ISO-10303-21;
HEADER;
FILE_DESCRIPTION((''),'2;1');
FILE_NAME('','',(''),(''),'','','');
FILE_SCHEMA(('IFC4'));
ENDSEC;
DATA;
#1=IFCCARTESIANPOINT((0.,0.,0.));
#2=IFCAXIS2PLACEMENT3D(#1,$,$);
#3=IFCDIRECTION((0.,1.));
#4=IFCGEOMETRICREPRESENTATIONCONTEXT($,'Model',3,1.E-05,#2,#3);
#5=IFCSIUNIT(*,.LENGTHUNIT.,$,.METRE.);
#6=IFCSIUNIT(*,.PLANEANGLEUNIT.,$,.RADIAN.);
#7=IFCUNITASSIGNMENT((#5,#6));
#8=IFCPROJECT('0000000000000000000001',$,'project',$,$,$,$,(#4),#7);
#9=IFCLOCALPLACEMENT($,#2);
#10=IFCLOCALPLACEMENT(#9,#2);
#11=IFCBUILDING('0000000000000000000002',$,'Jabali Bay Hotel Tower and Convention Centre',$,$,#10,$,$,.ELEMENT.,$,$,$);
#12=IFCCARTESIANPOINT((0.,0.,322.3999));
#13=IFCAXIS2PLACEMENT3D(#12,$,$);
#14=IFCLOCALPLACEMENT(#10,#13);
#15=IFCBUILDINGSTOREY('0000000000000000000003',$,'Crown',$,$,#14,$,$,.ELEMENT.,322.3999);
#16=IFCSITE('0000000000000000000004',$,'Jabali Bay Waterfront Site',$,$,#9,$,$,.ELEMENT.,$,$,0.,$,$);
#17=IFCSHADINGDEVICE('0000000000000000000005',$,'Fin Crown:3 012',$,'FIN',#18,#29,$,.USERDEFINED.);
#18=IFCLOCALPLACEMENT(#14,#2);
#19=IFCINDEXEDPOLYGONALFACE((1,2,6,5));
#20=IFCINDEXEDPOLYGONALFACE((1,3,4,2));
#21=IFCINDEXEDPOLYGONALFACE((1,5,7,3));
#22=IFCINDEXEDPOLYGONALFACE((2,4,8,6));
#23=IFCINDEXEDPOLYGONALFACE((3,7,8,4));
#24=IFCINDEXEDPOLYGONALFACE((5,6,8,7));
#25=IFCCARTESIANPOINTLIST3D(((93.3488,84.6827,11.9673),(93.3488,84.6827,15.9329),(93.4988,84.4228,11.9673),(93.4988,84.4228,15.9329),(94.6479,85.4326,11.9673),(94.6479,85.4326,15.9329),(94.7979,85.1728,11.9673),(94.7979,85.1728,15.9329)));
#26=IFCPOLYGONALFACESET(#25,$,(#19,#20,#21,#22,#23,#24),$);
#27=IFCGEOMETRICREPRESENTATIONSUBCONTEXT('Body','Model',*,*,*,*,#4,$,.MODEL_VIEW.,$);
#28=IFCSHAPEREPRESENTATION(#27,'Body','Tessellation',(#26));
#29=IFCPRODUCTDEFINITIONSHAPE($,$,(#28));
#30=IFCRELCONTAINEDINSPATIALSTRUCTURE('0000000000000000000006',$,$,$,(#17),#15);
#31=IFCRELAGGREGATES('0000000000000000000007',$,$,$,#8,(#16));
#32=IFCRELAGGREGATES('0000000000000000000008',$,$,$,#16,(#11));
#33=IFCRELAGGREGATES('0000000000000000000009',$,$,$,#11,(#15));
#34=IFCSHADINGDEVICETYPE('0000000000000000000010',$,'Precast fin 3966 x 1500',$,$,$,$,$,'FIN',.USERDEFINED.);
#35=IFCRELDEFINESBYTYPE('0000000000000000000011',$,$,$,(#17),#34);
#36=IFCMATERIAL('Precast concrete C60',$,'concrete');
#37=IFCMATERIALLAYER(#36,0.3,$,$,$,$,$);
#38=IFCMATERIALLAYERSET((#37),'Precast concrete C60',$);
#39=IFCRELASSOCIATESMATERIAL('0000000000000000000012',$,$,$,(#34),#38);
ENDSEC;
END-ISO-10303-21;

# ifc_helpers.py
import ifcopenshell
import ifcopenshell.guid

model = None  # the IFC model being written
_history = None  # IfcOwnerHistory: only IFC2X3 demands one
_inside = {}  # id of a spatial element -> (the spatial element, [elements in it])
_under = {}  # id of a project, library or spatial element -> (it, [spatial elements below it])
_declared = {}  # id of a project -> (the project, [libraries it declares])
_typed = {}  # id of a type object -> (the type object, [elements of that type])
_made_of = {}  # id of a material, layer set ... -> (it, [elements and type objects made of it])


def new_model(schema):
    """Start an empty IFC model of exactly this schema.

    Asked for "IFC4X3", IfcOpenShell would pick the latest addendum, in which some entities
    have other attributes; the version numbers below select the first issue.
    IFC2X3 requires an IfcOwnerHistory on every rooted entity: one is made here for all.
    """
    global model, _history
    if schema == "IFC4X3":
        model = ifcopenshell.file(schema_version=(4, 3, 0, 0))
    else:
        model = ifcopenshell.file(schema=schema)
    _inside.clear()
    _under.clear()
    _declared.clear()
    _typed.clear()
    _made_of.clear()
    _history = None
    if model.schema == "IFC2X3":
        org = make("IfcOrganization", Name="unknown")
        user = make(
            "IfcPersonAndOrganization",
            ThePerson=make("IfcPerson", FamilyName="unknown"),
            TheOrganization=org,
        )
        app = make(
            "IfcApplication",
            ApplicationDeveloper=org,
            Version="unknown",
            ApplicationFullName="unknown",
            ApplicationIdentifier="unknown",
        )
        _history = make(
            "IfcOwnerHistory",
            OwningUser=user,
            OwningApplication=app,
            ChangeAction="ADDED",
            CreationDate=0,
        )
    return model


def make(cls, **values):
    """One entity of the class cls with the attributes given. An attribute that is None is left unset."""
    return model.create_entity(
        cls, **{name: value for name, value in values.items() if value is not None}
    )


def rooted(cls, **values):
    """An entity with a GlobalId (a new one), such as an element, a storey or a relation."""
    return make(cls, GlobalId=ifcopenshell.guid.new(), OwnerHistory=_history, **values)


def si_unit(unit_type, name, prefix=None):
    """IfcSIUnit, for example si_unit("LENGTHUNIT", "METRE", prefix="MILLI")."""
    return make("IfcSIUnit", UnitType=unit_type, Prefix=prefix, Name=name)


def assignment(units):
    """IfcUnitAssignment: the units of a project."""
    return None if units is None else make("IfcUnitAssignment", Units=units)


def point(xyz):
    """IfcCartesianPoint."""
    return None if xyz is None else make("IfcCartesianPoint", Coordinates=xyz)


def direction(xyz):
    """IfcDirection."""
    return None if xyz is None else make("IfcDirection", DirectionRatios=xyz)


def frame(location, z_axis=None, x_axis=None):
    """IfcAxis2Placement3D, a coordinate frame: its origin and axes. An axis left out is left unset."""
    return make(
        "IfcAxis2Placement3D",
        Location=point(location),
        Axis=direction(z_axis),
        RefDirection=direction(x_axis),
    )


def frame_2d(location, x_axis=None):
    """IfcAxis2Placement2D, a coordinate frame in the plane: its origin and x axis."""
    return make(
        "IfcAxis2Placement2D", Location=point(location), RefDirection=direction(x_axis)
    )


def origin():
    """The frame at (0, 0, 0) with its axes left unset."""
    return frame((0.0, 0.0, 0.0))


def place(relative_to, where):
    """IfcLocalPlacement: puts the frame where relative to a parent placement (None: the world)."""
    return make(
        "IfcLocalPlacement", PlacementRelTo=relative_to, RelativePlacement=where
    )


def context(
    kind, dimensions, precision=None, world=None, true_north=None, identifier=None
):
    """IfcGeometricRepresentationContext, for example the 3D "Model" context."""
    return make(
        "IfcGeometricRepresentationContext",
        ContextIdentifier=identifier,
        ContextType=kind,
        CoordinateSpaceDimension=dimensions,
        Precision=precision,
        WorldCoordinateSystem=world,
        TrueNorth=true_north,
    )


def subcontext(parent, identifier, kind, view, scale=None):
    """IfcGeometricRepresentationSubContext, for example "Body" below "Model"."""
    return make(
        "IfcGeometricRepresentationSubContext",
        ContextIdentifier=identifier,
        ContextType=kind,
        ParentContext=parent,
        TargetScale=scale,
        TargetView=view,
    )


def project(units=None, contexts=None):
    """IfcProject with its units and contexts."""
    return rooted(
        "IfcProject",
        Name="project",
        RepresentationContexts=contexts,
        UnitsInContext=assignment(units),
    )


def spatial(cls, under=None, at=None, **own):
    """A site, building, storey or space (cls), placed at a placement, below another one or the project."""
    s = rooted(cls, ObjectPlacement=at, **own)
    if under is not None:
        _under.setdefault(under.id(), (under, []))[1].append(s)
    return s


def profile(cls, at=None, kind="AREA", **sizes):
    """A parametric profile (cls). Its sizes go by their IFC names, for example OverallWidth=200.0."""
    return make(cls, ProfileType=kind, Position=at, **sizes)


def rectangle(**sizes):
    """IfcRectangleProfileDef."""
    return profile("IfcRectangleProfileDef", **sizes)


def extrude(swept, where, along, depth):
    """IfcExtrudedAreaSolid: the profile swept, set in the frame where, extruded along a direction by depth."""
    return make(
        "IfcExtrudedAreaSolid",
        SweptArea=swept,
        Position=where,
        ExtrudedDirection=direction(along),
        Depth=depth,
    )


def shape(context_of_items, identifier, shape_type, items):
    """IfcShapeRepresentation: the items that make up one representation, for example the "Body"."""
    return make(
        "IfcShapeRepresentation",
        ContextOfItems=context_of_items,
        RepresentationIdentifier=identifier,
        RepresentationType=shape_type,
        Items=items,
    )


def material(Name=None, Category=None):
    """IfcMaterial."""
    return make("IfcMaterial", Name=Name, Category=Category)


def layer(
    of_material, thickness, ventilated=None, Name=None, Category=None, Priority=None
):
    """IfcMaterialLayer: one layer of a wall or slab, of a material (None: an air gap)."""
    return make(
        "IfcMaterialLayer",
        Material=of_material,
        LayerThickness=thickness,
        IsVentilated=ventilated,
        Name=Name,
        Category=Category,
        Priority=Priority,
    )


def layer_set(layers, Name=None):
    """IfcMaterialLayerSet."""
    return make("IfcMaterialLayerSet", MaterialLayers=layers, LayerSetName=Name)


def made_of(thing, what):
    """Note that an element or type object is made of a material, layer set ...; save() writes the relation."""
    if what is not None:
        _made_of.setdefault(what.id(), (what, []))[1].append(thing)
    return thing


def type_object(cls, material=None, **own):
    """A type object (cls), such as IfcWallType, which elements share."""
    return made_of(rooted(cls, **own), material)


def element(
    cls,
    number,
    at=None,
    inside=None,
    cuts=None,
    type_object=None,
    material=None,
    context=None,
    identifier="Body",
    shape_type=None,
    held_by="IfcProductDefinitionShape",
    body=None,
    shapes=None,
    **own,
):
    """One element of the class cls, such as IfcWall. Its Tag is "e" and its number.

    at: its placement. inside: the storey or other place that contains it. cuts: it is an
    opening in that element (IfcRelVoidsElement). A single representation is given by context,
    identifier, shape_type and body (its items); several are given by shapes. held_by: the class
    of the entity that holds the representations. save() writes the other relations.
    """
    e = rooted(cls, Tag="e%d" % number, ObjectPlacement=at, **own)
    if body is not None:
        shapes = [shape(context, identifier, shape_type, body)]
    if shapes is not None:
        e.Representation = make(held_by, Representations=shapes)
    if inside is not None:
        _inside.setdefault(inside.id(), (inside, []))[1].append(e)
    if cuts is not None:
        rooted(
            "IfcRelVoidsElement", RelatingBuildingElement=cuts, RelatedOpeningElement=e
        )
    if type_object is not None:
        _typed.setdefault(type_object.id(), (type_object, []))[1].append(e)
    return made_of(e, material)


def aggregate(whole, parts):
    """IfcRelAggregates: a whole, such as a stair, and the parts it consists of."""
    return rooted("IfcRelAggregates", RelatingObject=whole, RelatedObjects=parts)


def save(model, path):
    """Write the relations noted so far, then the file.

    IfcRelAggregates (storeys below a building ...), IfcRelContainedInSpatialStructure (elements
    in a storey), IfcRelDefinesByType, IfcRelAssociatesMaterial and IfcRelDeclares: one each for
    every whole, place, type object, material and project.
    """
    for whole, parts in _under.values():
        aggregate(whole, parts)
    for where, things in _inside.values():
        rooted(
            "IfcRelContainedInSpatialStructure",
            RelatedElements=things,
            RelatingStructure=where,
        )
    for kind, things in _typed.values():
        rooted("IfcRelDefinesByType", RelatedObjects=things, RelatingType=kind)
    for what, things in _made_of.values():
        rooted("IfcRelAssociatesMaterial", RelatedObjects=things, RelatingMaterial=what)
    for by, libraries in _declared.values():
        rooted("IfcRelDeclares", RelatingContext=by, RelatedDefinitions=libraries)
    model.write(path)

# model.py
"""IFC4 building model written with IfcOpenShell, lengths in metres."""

from ifc_helpers import new_model, si_unit, direction, frame, frame_2d, origin, place, context, subcontext, project, spatial, rectangle, extrude, material, layer, layer_set, type_object, element, save


model = new_model("IFC4")

# Units and contexts
model_context = context("Model", 3, precision=1e-05, world=origin(), true_north=direction((0.0, 1.0)))
body_context = subcontext(model_context, "Body", "Model", "MODEL_VIEW")
ifc_project = project(units=[si_unit("LENGTHUNIT", "METRE"), si_unit("PLANEANGLEUNIT", "RADIAN")], contexts=[model_context])

# Site, building, storey
site_placement = place(None, origin())
site = spatial("IfcSite", under=ifc_project, at=site_placement, Name="Jabali Bay Waterfront Site", CompositionType="ELEMENT", RefElevation=0.0)
building_placement = place(site_placement, origin())
building = spatial("IfcBuilding", under=site, at=building_placement, Name="Jabali Bay Hotel Tower and Convention Centre", CompositionType="ELEMENT")
storey_placement = place(building_placement, frame((0.0, 0.0, 322.3999)))
storey = spatial("IfcBuildingStorey", under=building, at=storey_placement, Name="Crown", CompositionType="ELEMENT", Elevation=322.3999)

# Shading device
ifc_material_1 = material(Name="Precast concrete C60", Category="concrete")
ifc_layer = layer(ifc_material_1, 0.3)
ifc_layer_set = layer_set([ifc_layer], Name="Precast concrete C60")
shading_device_type = type_object("IfcShadingDeviceType", Name="Precast fin 3966 x 1500", ElementType="FIN", PredefinedType="USERDEFINED", material=ifc_layer_set)
for number, where, z_axis, x_axis, name in (
    (1, (93.4238, 84.5527, 11.9673), (0.0, 0.0, 1.0), (0.866031, 0.49999, 0.0), "Fin Crown:3 012"),
):
    element("IfcShadingDevice", number, at=place(storey_placement, frame(where, z_axis=z_axis, x_axis=x_axis)), inside=storey, type_object=shading_device_type, Name=name, ObjectType="FIN", PredefinedType="USERDEFINED", context=body_context, shape_type="SweptSolid", body=[
        extrude(rectangle(XDim=1.5, YDim=0.3, at=frame_2d((0.75, 0.0))), origin(), (0.0, 0.0, 1.0), 3.9656),
    ])

save(model, "model.ifc")
